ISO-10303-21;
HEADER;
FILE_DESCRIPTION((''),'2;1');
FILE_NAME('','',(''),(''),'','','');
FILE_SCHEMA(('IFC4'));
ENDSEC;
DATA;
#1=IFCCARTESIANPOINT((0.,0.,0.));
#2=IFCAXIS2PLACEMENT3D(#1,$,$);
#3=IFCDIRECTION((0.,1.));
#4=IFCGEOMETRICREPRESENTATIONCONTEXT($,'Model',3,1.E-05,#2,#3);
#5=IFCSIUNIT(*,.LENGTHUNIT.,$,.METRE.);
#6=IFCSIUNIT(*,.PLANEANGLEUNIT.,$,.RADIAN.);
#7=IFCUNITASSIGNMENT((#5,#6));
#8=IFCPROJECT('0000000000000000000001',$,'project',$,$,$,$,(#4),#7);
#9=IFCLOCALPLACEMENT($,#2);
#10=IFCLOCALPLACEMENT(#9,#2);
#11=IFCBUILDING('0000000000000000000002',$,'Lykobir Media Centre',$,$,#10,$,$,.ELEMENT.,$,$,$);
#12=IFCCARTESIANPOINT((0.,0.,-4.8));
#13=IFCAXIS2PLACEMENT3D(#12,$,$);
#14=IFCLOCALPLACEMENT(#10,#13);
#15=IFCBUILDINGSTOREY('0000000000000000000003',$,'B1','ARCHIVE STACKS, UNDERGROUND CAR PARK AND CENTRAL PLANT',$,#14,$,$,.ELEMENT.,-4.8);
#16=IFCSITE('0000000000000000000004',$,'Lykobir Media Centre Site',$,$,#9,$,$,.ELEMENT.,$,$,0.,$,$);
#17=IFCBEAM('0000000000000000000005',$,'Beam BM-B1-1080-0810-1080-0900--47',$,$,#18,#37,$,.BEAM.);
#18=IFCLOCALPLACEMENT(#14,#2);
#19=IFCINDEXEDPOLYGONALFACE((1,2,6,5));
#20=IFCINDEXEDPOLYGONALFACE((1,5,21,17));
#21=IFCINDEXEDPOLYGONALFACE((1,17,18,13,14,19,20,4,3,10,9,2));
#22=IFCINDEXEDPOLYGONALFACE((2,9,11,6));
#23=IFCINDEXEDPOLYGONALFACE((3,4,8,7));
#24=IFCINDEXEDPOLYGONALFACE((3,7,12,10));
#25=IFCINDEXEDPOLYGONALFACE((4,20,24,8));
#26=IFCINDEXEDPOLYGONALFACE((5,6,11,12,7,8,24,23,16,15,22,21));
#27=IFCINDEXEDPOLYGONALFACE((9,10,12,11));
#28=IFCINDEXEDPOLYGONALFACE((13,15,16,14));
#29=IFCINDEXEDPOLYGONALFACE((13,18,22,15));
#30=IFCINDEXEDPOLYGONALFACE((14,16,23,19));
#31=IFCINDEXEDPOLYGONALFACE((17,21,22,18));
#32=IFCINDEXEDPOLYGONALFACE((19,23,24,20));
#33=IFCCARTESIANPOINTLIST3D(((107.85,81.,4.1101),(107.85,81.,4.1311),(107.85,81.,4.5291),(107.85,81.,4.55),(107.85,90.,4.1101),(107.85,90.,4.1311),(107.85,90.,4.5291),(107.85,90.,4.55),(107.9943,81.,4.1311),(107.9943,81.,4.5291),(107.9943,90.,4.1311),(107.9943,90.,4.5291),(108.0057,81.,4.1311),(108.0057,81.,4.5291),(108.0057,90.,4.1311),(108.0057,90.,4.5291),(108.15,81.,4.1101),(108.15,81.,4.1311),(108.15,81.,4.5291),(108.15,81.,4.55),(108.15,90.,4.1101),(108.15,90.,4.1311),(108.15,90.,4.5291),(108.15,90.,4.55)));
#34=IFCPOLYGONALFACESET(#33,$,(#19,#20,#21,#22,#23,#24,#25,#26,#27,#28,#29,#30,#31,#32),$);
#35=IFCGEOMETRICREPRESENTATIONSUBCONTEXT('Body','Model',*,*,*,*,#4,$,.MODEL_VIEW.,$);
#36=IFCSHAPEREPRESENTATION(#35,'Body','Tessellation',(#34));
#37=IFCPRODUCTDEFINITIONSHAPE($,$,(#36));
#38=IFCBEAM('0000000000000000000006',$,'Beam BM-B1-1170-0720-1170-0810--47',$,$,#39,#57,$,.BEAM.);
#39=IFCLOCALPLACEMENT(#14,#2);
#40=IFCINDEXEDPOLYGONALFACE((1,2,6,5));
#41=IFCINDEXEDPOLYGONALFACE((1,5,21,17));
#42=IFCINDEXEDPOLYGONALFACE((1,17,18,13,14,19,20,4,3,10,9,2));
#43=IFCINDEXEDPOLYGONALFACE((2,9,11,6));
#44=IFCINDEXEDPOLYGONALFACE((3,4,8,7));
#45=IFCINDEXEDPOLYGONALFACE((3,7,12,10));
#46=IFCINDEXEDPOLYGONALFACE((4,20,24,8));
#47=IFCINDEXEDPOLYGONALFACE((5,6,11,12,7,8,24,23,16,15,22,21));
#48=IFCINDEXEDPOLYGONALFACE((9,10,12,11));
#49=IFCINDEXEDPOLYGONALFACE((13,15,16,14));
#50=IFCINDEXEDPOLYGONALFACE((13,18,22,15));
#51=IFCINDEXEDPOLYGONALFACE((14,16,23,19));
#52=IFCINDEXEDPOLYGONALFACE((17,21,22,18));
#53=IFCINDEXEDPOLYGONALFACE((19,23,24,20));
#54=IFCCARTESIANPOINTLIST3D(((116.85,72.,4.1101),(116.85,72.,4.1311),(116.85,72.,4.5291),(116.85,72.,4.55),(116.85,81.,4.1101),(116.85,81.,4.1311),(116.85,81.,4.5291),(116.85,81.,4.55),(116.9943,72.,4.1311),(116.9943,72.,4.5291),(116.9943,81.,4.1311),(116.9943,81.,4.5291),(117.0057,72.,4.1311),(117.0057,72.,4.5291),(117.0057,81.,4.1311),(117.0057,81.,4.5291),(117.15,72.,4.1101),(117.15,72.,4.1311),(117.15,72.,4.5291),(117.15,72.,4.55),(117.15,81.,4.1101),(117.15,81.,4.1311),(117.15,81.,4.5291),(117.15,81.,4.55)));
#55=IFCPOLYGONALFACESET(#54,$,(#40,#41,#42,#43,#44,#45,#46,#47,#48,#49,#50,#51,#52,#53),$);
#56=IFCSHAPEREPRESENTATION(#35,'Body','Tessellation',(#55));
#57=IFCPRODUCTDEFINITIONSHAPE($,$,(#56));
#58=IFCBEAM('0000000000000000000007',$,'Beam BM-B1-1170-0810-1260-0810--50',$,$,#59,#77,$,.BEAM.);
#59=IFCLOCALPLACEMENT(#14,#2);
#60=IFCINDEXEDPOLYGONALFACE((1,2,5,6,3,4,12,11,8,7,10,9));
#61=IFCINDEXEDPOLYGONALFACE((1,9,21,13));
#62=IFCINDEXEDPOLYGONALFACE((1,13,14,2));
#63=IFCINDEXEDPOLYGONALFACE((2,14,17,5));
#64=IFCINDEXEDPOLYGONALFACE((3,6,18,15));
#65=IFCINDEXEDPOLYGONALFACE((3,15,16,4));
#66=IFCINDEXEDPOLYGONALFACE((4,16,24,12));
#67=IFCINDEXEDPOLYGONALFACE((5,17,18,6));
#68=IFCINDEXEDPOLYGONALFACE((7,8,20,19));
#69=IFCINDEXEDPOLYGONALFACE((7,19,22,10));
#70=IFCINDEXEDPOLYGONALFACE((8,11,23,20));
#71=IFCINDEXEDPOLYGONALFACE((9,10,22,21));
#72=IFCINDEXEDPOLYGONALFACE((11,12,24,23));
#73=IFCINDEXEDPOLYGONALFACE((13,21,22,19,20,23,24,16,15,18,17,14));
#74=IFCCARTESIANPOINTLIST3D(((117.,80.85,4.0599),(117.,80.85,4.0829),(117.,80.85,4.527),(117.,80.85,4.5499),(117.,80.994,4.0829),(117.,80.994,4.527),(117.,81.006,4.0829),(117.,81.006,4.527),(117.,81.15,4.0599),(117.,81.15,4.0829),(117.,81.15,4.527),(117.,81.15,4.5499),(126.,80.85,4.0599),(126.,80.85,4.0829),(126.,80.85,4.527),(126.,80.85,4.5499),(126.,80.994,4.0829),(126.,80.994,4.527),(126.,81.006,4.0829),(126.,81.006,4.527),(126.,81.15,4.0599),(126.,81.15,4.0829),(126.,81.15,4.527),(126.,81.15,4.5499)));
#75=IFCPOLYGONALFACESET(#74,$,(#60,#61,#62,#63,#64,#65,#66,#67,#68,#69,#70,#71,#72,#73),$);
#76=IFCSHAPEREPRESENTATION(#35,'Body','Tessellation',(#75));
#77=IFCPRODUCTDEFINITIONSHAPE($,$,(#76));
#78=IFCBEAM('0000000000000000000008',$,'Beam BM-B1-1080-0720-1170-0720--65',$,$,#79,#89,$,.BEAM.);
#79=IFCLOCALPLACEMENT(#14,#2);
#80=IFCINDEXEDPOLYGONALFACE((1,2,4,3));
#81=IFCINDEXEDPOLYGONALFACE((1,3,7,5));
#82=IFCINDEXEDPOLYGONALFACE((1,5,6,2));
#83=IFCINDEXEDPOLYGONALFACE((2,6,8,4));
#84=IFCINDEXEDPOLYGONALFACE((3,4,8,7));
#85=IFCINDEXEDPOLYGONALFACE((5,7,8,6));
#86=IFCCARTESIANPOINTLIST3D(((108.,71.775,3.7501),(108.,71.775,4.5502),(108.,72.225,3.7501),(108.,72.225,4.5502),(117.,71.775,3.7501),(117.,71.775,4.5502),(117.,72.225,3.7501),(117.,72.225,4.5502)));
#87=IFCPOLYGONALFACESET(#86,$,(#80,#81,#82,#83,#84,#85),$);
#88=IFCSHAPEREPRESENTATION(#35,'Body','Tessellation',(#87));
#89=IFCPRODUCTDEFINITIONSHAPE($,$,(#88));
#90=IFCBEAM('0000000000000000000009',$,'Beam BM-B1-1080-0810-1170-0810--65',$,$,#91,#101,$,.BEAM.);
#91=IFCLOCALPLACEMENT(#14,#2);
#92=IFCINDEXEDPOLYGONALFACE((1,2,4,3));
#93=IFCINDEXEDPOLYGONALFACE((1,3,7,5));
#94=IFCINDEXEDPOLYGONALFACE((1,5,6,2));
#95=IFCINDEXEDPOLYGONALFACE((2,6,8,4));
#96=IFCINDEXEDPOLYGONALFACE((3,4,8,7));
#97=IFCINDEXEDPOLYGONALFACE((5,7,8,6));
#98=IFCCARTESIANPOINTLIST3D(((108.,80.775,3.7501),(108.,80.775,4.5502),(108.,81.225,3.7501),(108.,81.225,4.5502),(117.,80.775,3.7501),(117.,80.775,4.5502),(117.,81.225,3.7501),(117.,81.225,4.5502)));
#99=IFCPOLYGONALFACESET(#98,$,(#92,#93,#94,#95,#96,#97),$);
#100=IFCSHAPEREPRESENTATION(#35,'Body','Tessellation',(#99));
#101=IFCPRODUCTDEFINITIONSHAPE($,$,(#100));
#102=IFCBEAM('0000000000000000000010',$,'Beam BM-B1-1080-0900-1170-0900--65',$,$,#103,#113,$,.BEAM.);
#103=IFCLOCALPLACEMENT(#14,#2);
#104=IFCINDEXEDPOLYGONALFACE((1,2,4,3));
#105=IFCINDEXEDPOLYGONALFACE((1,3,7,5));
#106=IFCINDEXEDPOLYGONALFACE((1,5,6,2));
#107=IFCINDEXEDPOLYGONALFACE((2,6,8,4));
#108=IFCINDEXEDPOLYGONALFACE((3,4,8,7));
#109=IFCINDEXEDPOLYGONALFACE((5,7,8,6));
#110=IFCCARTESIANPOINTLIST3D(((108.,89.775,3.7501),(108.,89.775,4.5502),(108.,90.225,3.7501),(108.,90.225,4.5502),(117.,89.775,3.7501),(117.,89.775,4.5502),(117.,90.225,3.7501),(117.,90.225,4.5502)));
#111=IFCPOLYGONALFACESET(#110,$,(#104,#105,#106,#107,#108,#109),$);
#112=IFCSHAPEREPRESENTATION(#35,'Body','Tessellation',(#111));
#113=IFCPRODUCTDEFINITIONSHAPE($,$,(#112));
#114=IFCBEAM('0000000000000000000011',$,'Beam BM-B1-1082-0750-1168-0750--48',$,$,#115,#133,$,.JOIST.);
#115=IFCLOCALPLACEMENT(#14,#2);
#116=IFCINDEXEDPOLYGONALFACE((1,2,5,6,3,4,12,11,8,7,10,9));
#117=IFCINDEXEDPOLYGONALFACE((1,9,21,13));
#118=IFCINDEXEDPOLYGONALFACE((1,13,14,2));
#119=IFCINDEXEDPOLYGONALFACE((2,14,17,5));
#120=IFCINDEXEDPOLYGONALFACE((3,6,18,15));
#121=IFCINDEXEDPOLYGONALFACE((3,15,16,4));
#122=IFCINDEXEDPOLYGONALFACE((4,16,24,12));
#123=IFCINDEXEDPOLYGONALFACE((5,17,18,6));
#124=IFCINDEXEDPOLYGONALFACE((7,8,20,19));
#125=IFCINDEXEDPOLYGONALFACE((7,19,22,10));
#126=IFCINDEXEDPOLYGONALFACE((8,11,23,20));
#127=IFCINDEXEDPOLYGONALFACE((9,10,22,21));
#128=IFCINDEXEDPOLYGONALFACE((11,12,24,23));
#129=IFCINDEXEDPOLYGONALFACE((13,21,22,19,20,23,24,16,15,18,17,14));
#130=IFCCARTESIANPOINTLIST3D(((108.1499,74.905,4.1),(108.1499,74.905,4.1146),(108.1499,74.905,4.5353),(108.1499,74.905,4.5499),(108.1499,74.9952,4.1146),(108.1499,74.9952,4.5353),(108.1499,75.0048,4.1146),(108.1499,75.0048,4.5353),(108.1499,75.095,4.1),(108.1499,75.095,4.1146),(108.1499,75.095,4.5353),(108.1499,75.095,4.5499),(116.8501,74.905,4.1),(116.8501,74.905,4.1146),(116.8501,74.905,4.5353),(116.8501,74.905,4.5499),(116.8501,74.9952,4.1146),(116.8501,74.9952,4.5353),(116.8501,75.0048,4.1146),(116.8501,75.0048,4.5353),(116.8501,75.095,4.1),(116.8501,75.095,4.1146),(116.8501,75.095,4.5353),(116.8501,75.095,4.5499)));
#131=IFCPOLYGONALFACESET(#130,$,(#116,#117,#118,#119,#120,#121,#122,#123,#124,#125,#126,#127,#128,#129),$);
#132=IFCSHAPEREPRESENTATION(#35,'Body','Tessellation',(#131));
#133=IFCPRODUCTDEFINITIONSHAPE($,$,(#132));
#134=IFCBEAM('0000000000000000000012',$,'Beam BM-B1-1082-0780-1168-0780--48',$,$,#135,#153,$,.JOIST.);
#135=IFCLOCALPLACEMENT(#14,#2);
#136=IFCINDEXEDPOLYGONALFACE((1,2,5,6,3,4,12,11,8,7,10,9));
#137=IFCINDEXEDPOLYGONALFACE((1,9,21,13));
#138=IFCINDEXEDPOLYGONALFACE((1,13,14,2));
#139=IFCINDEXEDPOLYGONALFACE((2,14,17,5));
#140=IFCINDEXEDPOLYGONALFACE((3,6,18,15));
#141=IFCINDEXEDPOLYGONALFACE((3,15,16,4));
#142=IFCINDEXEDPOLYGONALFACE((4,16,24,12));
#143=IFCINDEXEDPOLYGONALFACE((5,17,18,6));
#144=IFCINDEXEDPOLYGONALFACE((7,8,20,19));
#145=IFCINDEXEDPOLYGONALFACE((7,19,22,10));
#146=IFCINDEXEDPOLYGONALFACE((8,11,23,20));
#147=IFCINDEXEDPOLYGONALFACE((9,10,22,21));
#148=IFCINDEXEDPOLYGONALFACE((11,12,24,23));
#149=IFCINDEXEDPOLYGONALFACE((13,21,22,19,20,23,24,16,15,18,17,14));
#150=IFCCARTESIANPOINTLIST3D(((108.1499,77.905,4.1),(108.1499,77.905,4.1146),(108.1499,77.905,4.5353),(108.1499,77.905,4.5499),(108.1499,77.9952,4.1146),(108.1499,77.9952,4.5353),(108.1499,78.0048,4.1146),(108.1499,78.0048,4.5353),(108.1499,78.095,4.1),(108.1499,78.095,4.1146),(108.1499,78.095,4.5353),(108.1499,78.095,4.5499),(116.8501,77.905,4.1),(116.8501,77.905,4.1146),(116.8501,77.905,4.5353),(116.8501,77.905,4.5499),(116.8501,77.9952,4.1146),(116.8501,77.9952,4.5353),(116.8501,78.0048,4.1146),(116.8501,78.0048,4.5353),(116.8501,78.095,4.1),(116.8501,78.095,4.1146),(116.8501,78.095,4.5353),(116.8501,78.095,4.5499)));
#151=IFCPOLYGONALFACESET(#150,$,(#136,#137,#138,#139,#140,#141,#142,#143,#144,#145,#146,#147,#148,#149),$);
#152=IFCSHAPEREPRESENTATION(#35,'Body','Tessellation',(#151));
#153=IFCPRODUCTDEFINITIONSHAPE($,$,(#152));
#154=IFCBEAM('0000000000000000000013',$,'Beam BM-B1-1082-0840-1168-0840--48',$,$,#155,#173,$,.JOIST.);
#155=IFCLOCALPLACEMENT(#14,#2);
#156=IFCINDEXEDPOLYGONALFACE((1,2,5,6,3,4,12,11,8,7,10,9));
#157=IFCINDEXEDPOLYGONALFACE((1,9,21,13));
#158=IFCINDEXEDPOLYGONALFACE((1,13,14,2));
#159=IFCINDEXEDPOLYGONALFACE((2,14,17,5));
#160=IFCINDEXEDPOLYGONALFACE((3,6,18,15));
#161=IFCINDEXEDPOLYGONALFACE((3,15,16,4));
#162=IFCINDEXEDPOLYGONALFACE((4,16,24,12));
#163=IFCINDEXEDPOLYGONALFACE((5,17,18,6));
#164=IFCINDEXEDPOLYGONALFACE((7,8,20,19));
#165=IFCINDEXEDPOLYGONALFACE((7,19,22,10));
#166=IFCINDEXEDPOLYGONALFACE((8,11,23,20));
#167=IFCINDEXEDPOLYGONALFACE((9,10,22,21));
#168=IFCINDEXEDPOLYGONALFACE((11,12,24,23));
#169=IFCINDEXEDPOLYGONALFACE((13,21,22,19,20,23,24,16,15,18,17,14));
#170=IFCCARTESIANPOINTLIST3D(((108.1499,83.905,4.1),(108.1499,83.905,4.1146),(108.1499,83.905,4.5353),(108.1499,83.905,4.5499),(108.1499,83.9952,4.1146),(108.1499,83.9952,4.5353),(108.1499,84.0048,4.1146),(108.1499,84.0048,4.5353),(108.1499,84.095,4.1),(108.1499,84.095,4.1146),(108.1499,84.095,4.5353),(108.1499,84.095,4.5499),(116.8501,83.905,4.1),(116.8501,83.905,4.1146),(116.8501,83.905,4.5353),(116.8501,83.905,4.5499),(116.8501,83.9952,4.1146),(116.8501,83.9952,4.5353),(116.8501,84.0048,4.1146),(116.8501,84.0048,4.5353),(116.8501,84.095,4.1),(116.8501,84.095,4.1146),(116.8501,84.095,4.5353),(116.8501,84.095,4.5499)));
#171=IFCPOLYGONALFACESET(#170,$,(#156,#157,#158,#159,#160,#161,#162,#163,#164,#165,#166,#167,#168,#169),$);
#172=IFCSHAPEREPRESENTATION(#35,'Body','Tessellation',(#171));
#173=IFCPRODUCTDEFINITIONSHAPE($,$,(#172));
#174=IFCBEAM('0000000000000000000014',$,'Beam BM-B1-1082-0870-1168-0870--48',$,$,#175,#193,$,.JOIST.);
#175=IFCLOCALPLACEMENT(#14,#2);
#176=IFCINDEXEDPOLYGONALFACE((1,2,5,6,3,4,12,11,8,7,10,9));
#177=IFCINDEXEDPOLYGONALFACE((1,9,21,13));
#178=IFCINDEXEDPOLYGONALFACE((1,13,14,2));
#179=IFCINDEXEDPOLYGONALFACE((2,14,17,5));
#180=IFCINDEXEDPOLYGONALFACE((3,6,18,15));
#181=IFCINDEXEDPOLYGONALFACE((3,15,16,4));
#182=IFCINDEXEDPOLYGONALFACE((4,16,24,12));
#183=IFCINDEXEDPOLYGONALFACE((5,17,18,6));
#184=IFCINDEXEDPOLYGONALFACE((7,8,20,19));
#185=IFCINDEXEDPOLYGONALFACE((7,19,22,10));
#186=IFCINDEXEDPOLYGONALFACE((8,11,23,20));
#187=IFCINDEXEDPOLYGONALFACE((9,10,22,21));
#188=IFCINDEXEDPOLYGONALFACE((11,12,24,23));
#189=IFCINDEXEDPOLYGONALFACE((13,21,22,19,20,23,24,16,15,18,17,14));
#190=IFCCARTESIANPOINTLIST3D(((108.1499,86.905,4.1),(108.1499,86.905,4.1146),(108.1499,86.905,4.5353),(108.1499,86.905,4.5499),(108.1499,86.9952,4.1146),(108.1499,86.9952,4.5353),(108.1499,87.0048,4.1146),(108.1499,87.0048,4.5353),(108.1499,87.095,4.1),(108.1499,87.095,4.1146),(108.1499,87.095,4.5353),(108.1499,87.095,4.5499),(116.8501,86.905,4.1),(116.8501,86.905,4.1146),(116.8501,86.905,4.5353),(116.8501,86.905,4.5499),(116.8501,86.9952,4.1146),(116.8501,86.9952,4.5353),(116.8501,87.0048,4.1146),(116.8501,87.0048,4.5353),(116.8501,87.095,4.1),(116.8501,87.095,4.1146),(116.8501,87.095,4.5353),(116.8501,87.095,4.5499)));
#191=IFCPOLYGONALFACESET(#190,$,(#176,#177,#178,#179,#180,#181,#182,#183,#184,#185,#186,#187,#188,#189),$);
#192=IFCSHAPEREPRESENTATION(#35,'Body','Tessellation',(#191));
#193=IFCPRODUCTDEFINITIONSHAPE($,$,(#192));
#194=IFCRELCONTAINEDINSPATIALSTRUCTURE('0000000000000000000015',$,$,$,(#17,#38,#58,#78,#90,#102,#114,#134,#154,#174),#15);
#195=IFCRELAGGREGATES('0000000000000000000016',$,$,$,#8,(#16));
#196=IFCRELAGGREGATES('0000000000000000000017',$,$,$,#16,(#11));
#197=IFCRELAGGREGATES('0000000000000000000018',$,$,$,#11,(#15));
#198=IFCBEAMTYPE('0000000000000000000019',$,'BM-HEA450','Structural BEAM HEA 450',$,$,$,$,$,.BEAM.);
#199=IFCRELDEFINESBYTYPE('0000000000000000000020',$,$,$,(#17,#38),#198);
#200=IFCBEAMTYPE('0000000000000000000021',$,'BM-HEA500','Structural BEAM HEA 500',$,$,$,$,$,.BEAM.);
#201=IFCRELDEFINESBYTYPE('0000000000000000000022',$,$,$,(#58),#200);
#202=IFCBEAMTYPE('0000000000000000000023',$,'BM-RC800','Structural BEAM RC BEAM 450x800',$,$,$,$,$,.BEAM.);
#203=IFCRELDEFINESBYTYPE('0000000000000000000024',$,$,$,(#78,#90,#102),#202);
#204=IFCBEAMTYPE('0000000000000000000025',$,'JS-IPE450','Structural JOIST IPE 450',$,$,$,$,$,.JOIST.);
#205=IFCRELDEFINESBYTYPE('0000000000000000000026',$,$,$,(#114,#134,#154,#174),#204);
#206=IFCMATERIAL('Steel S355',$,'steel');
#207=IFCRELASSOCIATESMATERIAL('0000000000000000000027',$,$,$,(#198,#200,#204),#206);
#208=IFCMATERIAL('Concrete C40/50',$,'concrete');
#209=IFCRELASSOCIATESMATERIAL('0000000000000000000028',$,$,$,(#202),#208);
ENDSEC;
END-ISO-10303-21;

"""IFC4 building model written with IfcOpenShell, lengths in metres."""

from ifc_helpers import new_model, si_unit, direction, frame, origin, origin_2d, place, context, subcontext, project, spatial, rectangle, i_section, extrude, material, material_profile, profile_set, type_object, element, save


model = new_model("IFC4")

# Units and contexts
model_context = context("Model", 3, precision=1e-05, world=origin(), true_north=direction((0.0, 1.0)))
body_context = subcontext(model_context, "Body", "Model", "MODEL_VIEW")
ifc_project = project(units=[si_unit("LENGTHUNIT", "METRE"), si_unit("PLANEANGLEUNIT", "RADIAN")], contexts=[model_context])

# Site, building, storey
site_placement = place(None, origin())
site = spatial("IfcSite", under=ifc_project, at=site_placement, Name="Lykobir Media Centre Site", CompositionType="ELEMENT", RefElevation=0.0)
building_placement = place(site_placement, origin())
building = spatial("IfcBuilding", under=site, at=building_placement, Name="Lykobir Media Centre", CompositionType="ELEMENT")
storey_placement = place(building_placement, frame((0.0, 0.0, -4.8)))
storey = spatial("IfcBuildingStorey", under=building, at=storey_placement, Name="B1", Description="ARCHIVE STACKS, UNDERGROUND CAR PARK AND CENTRAL PLANT", CompositionType="ELEMENT", Elevation=-4.8)

# Shared definitions
ifc_material_1 = material(Name="Concrete C40/50", Category="concrete")
ifc_material_2 = material(Name="Steel S355", Category="steel")

# Beams
ifc_material_profile_1 = material_profile(ifc_material_2, i_section(OverallWidth=0.3, OverallDepth=0.4399, WebThickness=0.0115, FlangeThickness=0.021, at=origin_2d()), Name="HEA 450")
ifc_profile_set_1 = profile_set([ifc_material_profile_1], Name="Steel S355")
beam_type_1 = type_object("IfcBeamType", Name="BM-HEA450", Description="Structural BEAM HEA 450", PredefinedType="BEAM", material=ifc_profile_set_1)
for number, where, z_axis, x_axis, name in (
    (1, (108.0, 81.0, 4.3301), (0.0, 1.0, 0.0), (-1.0, 0.0, 0.0), "Beam BM-B1-1080-0810-1080-0900--47"),
    (2, (117.0, 72.0, 4.3301), (0.0, 1.0, 0.0), (-1.0, 0.0, 0.0), "Beam BM-B1-1170-0720-1170-0810--47"),
):
    element("IfcBeam", number, at=place(storey_placement, frame(where, z_axis=z_axis, x_axis=x_axis)), inside=storey, type_object=beam_type_1, Name=name, PredefinedType="BEAM", context=body_context, shape_type="SweptSolid", body=[
        extrude(i_section(OverallWidth=0.3, OverallDepth=0.4399, WebThickness=0.0115, FlangeThickness=0.021, at=origin_2d()), origin(), (0.0, 0.0, 1.0), 9.0),
    ])
ifc_material_profile_2 = material_profile(ifc_material_2, i_section(OverallWidth=0.3, OverallDepth=0.49, WebThickness=0.012, FlangeThickness=0.0229, at=origin_2d()), Name="HEA 500")
ifc_profile_set_2 = profile_set([ifc_material_profile_2], Name="Steel S355")
beam_type_2 = type_object("IfcBeamType", Name="BM-HEA500", Description="Structural BEAM HEA 500", PredefinedType="BEAM", material=ifc_profile_set_2)
beam_1_placement = place(storey_placement, frame((117.0, 81.0, 4.3049), z_axis=(1.0, 0.0, 0.0), x_axis=(0.0, 1.0, 0.0)))
element("IfcBeam", 3, at=beam_1_placement, inside=storey, type_object=beam_type_2, Name="Beam BM-B1-1170-0810-1260-0810--50", PredefinedType="BEAM", context=body_context, shape_type="SweptSolid", body=[
    extrude(i_section(OverallWidth=0.3, OverallDepth=0.49, WebThickness=0.012, FlangeThickness=0.0229, at=origin_2d()), origin(), (0.0, 0.0, 1.0), 9.0),
])
ifc_material_profile_3 = material_profile(ifc_material_1, rectangle(XDim=0.45, YDim=0.8, at=origin_2d()), Name="RC BEAM 450x800")
ifc_profile_set_3 = profile_set([ifc_material_profile_3], Name="Concrete C40/50")
beam_type_3 = type_object("IfcBeamType", Name="BM-RC800", Description="Structural BEAM RC BEAM 450x800", PredefinedType="BEAM", material=ifc_profile_set_3)
for number, where, z_axis, x_axis, name in (
    (4, (108.0, 72.0, 4.1501), (1.0, 0.0, 0.0), (0.0, 1.0, 0.0), "Beam BM-B1-1080-0720-1170-0720--65"),
    (5, (108.0, 81.0, 4.1501), (1.0, 0.0, 0.0), (0.0, 1.0, 0.0), "Beam BM-B1-1080-0810-1170-0810--65"),
    (6, (108.0, 90.0, 4.1501), (1.0, 0.0, 0.0), (0.0, 1.0, 0.0), "Beam BM-B1-1080-0900-1170-0900--65"),
):
    element("IfcBeam", number, at=place(storey_placement, frame(where, z_axis=z_axis, x_axis=x_axis)), inside=storey, type_object=beam_type_3, Name=name, PredefinedType="BEAM", context=body_context, shape_type="SweptSolid", body=[
        extrude(rectangle(XDim=0.45, YDim=0.8, at=origin_2d()), origin(), (0.0, 0.0, 1.0), 9.0),
    ])
ifc_material_profile_4 = material_profile(ifc_material_2, i_section(OverallWidth=0.1899, OverallDepth=0.45, WebThickness=0.0095, FlangeThickness=0.0146, at=origin_2d()), Name="IPE 450")
ifc_profile_set_4 = profile_set([ifc_material_profile_4], Name="Steel S355")
beam_type_4 = type_object("IfcBeamType", Name="JS-IPE450", Description="Structural JOIST IPE 450", PredefinedType="JOIST", material=ifc_profile_set_4)
for number, where, z_axis, x_axis, name in (
    (7, (108.1499, 75.0, 4.325), (1.0, 0.0, 0.0), (0.0, 1.0, 0.0), "Beam BM-B1-1082-0750-1168-0750--48"),
    (8, (108.1499, 78.0, 4.325), (1.0, 0.0, 0.0), (0.0, 1.0, 0.0), "Beam BM-B1-1082-0780-1168-0780--48"),
    (9, (108.1499, 84.0, 4.325), (1.0, 0.0, 0.0), (0.0, 1.0, 0.0), "Beam BM-B1-1082-0840-1168-0840--48"),
    (10, (108.1499, 87.0, 4.325), (1.0, 0.0, 0.0), (0.0, 1.0, 0.0), "Beam BM-B1-1082-0870-1168-0870--48"),
):
    element("IfcBeam", number, at=place(storey_placement, frame(where, z_axis=z_axis, x_axis=x_axis)), inside=storey, type_object=beam_type_4, Name=name, PredefinedType="JOIST", context=body_context, shape_type="SweptSolid", body=[
        extrude(i_section(OverallWidth=0.1899, OverallDepth=0.45, WebThickness=0.0095, FlangeThickness=0.0146, at=origin_2d()), origin(), (0.0, 0.0, 1.0), 8.7002),
    ])

save(model, "model.ifc")
